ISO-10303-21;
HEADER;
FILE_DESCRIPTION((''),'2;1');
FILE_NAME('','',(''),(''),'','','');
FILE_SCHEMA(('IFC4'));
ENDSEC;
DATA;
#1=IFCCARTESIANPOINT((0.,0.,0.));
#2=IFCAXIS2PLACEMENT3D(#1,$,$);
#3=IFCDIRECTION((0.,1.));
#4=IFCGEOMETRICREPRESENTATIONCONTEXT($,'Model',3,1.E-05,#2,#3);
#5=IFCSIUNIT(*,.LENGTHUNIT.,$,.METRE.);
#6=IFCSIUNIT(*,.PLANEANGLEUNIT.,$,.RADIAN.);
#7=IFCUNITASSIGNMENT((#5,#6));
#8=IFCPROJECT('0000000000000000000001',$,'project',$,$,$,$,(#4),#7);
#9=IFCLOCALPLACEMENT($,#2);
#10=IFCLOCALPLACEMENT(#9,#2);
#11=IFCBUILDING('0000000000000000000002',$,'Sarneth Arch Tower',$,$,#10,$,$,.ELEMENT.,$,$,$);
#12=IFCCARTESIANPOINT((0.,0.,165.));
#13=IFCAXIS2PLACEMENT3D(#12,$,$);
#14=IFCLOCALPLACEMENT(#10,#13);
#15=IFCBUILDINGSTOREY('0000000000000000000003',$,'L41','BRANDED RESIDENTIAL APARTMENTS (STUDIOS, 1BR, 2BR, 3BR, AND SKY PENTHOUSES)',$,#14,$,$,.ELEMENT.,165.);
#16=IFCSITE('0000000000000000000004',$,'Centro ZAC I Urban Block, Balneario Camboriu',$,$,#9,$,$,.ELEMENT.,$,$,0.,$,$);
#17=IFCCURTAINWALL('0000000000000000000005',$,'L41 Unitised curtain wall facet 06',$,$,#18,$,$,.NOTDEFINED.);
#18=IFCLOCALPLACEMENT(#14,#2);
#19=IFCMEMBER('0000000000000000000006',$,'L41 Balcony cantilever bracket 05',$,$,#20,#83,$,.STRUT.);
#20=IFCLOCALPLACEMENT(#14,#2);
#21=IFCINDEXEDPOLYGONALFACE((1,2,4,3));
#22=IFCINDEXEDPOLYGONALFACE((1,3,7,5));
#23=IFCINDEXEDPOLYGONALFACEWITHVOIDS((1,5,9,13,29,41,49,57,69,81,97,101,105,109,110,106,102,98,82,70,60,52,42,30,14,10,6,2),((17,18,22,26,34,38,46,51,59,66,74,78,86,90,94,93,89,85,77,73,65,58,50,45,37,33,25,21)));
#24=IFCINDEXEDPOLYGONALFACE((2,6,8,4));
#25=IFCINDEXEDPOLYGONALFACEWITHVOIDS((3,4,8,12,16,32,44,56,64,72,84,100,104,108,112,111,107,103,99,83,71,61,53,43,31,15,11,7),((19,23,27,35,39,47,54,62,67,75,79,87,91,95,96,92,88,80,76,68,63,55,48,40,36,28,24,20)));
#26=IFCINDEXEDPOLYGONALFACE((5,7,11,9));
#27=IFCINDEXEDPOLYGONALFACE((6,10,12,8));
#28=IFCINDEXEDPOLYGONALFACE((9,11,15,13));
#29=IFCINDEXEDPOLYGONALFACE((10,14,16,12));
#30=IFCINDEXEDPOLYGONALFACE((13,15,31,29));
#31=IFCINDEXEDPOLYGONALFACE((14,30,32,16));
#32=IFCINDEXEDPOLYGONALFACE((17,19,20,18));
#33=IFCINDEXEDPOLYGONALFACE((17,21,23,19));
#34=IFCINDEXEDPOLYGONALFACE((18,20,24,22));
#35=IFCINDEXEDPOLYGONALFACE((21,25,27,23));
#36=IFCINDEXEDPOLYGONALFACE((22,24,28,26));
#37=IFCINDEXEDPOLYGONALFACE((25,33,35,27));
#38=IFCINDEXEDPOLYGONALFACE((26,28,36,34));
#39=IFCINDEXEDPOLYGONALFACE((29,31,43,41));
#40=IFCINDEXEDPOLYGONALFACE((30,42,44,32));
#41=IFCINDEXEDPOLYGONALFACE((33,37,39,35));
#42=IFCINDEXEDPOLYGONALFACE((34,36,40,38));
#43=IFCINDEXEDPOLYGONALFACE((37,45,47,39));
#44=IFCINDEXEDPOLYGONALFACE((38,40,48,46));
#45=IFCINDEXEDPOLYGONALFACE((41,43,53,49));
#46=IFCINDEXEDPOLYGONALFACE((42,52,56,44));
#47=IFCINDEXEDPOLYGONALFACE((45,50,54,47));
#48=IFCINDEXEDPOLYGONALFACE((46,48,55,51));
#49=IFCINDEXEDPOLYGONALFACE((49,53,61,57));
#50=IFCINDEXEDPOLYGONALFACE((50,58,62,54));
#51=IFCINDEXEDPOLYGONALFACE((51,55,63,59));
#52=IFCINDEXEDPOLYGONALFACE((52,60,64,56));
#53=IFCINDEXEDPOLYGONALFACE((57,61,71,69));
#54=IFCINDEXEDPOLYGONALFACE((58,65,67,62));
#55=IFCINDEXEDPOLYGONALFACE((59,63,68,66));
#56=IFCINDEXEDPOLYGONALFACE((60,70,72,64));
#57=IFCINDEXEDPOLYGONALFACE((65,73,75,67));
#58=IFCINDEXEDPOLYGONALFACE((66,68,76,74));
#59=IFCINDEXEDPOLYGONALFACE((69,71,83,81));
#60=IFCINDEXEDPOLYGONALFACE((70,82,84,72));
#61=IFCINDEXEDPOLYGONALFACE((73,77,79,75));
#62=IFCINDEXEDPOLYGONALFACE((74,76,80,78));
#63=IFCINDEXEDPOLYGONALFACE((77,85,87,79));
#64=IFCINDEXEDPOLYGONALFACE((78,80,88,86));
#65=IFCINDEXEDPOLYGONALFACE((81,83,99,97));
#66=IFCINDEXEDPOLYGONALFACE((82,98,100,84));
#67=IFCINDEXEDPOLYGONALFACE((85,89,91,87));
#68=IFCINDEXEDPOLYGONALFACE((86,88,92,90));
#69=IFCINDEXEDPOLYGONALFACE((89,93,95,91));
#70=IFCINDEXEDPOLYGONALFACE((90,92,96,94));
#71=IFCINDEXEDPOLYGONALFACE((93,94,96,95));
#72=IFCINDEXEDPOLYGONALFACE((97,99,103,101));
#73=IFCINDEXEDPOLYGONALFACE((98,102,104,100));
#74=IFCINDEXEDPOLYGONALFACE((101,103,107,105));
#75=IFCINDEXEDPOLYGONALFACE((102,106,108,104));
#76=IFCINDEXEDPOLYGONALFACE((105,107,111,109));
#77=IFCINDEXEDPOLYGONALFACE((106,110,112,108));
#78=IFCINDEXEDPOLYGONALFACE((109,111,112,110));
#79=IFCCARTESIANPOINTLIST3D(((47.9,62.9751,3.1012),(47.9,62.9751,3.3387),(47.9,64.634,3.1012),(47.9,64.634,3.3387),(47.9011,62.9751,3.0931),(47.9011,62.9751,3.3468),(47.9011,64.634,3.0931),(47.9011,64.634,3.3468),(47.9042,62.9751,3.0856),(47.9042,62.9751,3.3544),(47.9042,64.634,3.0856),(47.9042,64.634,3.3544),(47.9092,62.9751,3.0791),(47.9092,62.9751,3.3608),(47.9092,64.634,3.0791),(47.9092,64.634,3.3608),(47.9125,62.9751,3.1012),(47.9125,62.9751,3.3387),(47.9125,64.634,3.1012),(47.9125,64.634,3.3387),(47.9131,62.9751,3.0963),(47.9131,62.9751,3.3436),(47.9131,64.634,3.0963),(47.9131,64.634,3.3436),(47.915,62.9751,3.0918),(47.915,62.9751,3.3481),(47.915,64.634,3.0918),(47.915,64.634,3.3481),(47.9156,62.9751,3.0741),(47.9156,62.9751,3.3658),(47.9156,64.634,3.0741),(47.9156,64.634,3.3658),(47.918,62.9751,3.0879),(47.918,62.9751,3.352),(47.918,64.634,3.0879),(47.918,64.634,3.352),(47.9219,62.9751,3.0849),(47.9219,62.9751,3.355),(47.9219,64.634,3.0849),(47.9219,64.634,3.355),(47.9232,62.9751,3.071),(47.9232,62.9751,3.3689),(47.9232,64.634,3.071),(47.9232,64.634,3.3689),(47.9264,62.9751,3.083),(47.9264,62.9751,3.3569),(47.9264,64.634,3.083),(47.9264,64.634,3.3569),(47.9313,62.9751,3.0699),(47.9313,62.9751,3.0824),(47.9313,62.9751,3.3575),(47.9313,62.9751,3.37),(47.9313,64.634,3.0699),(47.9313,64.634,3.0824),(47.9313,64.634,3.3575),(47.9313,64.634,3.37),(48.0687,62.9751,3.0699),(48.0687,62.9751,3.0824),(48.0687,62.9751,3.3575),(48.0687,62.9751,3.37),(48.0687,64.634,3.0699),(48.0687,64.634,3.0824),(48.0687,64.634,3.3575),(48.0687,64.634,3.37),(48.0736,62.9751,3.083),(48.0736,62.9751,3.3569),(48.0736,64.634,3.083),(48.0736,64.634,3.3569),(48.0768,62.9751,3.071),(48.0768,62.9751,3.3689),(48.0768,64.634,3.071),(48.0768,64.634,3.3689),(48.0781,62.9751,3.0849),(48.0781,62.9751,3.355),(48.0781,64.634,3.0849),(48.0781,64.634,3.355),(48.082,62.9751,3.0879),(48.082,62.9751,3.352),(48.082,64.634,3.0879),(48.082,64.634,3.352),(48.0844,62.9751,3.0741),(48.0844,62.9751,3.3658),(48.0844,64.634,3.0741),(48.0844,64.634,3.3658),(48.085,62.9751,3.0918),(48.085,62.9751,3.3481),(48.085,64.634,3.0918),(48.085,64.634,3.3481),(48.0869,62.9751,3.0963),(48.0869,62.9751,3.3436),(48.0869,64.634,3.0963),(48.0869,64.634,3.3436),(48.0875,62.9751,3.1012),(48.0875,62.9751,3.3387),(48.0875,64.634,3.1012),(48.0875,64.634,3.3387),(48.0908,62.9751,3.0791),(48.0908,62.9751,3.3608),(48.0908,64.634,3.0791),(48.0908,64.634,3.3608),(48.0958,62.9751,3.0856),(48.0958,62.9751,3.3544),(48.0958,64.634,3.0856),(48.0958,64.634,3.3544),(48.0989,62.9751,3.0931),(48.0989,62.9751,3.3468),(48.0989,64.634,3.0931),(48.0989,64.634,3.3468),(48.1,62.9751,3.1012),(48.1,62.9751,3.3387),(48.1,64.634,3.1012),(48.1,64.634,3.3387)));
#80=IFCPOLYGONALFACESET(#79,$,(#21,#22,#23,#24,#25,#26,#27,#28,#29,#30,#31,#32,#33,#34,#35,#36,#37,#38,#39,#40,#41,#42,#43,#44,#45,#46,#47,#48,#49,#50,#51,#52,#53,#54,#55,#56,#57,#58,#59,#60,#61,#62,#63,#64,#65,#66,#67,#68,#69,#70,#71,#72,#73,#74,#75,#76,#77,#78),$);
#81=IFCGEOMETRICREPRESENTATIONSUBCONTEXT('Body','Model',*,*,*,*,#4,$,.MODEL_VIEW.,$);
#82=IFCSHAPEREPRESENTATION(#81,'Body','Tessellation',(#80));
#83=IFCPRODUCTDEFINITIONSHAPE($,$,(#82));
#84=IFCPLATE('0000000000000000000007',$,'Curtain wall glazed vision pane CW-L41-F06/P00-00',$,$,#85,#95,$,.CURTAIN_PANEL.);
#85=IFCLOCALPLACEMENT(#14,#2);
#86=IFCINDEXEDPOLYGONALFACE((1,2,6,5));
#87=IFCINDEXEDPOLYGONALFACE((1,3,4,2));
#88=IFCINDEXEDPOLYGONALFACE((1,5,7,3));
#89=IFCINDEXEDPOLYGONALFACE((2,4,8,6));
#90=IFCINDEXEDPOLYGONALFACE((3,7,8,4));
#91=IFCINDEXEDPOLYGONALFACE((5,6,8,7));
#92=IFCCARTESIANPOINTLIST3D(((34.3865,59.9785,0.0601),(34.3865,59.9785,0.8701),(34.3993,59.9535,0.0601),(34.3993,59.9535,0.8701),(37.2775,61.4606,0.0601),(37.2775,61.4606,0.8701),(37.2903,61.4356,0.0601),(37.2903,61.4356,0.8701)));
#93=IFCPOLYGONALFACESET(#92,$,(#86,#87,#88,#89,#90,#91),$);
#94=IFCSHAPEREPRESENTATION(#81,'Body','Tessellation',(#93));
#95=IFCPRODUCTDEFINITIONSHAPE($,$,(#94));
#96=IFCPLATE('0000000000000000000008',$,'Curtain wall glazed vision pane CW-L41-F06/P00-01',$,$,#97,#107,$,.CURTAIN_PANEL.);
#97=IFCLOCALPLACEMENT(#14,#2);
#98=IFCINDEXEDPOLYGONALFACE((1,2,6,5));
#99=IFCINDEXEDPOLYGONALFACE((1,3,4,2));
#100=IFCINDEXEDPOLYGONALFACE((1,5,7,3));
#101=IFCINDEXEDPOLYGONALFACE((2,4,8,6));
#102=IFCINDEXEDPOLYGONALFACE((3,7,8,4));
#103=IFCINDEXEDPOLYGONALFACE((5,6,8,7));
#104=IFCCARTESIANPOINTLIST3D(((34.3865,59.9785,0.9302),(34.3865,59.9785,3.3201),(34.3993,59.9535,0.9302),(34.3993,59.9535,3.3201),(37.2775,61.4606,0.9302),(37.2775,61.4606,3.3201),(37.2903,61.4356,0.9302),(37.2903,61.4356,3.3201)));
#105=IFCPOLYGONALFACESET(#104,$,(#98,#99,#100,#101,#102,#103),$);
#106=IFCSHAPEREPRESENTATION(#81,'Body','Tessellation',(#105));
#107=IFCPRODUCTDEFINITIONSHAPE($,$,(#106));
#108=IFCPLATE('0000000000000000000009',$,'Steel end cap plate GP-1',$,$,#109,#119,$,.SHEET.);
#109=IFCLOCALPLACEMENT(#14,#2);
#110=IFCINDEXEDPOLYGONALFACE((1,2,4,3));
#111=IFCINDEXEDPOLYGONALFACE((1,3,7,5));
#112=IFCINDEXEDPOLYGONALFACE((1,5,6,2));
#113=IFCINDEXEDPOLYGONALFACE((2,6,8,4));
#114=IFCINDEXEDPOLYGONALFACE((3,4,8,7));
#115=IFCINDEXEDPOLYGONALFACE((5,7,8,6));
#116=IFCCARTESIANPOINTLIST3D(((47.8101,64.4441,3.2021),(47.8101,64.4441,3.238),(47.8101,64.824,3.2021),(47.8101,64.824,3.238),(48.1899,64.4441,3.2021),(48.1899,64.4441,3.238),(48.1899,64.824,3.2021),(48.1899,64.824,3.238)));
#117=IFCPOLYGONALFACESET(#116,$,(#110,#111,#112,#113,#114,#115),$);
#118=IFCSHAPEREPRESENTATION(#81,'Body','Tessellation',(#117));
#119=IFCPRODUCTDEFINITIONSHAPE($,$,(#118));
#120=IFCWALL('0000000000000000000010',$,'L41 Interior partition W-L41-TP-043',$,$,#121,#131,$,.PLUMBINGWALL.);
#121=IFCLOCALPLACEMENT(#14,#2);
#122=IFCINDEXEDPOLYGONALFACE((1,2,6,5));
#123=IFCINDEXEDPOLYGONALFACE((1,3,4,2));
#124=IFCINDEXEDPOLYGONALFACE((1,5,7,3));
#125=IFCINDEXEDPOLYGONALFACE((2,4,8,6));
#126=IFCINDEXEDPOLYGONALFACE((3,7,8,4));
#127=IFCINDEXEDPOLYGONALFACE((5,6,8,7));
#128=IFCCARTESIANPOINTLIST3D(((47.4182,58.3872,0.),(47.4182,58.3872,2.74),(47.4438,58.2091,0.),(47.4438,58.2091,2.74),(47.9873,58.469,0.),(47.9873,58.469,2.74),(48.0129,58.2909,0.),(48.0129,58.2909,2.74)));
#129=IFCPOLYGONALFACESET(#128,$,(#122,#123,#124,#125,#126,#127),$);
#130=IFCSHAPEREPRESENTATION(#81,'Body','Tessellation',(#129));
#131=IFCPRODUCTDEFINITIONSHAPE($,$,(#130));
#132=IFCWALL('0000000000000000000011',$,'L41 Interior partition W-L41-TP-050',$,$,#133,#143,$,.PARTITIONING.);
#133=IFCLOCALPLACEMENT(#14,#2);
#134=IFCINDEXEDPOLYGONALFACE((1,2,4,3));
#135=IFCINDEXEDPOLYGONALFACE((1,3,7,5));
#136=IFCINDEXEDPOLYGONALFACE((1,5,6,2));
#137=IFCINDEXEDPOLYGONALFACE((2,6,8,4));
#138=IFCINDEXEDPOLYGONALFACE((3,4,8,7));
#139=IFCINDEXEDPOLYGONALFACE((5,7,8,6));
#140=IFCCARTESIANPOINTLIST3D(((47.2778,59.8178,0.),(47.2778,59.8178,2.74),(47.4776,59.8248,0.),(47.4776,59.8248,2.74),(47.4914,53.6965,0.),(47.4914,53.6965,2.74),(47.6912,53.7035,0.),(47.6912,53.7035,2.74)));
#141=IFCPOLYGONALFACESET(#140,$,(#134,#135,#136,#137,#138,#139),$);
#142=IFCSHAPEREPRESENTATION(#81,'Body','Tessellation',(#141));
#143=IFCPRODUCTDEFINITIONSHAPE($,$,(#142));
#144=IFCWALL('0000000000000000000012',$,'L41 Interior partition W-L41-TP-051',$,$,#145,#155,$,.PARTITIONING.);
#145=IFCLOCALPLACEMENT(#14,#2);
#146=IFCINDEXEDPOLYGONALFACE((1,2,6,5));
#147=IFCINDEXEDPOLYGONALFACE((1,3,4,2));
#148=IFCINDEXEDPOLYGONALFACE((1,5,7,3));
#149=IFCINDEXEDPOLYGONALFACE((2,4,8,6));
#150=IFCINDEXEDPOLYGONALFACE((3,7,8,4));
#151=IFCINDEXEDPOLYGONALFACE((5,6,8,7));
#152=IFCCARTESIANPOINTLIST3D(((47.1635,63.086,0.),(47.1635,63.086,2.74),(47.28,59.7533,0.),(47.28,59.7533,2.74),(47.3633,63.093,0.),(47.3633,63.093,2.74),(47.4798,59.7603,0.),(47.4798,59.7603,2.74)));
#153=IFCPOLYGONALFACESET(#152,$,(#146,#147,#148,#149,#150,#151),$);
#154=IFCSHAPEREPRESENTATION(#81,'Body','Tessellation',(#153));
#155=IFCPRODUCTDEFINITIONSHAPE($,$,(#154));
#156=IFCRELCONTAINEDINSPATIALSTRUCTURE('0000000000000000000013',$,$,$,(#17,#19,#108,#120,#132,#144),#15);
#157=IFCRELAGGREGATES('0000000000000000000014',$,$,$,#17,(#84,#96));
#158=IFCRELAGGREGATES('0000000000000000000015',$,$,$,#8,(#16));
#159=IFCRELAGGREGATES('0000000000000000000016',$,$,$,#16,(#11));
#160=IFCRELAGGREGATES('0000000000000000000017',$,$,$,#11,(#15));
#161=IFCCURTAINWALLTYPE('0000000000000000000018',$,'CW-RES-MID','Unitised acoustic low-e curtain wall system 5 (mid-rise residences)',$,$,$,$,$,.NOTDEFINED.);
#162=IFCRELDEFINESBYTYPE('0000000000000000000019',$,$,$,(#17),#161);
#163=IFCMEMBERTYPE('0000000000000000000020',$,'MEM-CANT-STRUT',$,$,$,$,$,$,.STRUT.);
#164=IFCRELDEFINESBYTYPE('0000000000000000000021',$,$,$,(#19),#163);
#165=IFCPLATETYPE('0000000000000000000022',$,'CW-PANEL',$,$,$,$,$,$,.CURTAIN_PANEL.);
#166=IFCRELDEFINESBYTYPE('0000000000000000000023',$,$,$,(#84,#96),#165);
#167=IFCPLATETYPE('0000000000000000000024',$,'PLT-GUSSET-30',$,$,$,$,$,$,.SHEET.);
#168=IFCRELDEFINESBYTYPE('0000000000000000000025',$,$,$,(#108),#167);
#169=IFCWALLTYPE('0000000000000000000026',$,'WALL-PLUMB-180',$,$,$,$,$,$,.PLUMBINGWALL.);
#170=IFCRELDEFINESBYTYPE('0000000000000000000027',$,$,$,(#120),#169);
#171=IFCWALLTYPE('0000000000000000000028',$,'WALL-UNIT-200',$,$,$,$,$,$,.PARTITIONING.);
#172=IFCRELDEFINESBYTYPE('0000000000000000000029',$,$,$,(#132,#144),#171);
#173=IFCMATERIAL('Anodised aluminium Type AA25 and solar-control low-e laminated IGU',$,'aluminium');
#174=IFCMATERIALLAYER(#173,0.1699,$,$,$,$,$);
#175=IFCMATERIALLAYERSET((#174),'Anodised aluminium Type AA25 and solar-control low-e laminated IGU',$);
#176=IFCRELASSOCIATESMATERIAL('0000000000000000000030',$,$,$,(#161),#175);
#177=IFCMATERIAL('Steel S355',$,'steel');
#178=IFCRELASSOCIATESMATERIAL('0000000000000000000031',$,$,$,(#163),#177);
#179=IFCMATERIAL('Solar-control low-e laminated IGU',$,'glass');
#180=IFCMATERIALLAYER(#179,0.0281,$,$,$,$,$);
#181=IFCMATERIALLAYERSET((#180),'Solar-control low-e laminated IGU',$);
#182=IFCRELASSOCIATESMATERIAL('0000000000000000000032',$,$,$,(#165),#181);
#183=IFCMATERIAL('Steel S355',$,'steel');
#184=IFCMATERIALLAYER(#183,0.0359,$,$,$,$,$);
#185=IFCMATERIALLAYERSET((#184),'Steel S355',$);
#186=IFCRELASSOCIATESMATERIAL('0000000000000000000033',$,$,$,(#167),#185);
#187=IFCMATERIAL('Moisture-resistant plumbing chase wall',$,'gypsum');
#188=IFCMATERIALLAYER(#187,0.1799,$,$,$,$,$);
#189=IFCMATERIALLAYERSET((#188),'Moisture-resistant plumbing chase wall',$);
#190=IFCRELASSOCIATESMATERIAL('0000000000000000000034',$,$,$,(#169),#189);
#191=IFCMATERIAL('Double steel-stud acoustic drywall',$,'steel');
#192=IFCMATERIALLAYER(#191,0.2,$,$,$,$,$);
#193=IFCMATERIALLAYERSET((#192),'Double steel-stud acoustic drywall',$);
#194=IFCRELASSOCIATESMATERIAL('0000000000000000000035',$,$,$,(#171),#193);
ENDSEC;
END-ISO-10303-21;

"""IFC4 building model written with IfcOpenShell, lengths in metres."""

from ifc_helpers import new_model, si_unit, direction, frame, frame_2d, origin, origin_2d, place, context, subcontext, project, spatial, rectangle, hollow_rectangle, extrude, material, layer, layer_set, material_profile, profile_set, type_object, element, aggregate, save


model = new_model("IFC4")

# Units and contexts
model_context = context("Model", 3, precision=1e-05, world=origin(), true_north=direction((0.0, 1.0)))
body_context = subcontext(model_context, "Body", "Model", "MODEL_VIEW")
ifc_project = project(units=[si_unit("LENGTHUNIT", "METRE"), si_unit("PLANEANGLEUNIT", "RADIAN")], contexts=[model_context])

# Site, building, storey
site_placement = place(None, origin())
site = spatial("IfcSite", under=ifc_project, at=site_placement, Name="Centro ZAC I Urban Block, Balneario Camboriu", CompositionType="ELEMENT", RefElevation=0.0)
building_placement = place(site_placement, origin())
building = spatial("IfcBuilding", under=site, at=building_placement, Name="Sarneth Arch Tower", CompositionType="ELEMENT")
storey_placement = place(building_placement, frame((0.0, 0.0, 165.0)))
storey = spatial("IfcBuildingStorey", under=building, at=storey_placement, Name="L41", Description="BRANDED RESIDENTIAL APARTMENTS (STUDIOS, 1BR, 2BR, 3BR, AND SKY PENTHOUSES)", CompositionType="ELEMENT", Elevation=165.0)

# Curtain wall
ifc_material_1 = material(Name="Anodised aluminium Type AA25 and solar-control low-e laminated IGU", Category="aluminium")
ifc_layer_1 = layer(ifc_material_1, 0.1699)
ifc_layer_set_1 = layer_set([ifc_layer_1], Name="Anodised aluminium Type AA25 and solar-control low-e laminated IGU")
curtain_wall_type = type_object("IfcCurtainWallType", Name="CW-RES-MID", Description="Unitised acoustic low-e curtain wall system 5 (mid-rise residences)", PredefinedType="NOTDEFINED", material=ifc_layer_set_1)
curtain_wall_placement = place(storey_placement, origin())
curtain_wall = element("IfcCurtainWall", 1, at=curtain_wall_placement, inside=storey, type_object=curtain_wall_type, Name="L41 Unitised curtain wall facet 06", PredefinedType="NOTDEFINED")

# Member
ifc_material_2 = material(Name="Steel S355", Category="steel")
ifc_material_profile_1 = material_profile(ifc_material_2, hollow_rectangle(XDim=0.2, YDim=0.3, WallThickness=0.0125, InnerFilletRadius=0.0188, OuterFilletRadius=0.0312, at=origin_2d()), Name="RHS300x200x12.5")
ifc_profile_set_1 = profile_set([ifc_material_profile_1], Name="Steel S355")
member_type_1 = type_object("IfcMemberType", Name="MEM-CANT-STRUT", PredefinedType="STRUT", material=ifc_profile_set_1)
member_1_placement = place(storey_placement, frame((48.0, 62.9751, 3.22), z_axis=(0.0, 1.0, 0.0), x_axis=(-1.0, 0.0, 0.0)))
element("IfcMember", 2, at=member_1_placement, inside=storey, type_object=member_type_1, Name="L41 Balcony cantilever bracket 05", PredefinedType="STRUT", context=body_context, shape_type="SweptSolid", body=[
    extrude(hollow_rectangle(XDim=0.2, YDim=0.3, WallThickness=0.0125, InnerFilletRadius=0.0188, OuterFilletRadius=0.0312, at=origin_2d()), origin(), (0.0, 0.0, 1.0), 1.6589),
])

# Plates
ifc_material_3 = material(Name="Solar-control low-e laminated IGU", Category="glass")
ifc_layer_2 = layer(ifc_material_3, 0.0281)
ifc_layer_set_2 = layer_set([ifc_layer_2], Name="Solar-control low-e laminated IGU")
plate_type_1 = type_object("IfcPlateType", Name="CW-PANEL", PredefinedType="CURTAIN_PANEL", material=ifc_layer_set_2)
plate_1_placement = place(storey_placement, frame((35.8384, 60.707, 0.0601), z_axis=(0.0, 0.0, 1.0), x_axis=(-0.889873, -0.456208, 0.0)))
plate_1 = element("IfcPlate", 3, at=plate_1_placement, type_object=plate_type_1, Name="Curtain wall glazed vision pane CW-L41-F06/P00-00", PredefinedType="CURTAIN_PANEL", context=body_context, shape_type="SweptSolid", body=[
    extrude(rectangle(XDim=3.2488, YDim=0.0281, at=origin_2d()), origin(), (0.0, 0.0, 1.0), 0.8101),
])
plate_2_placement = place(storey_placement, frame((35.8384, 60.707, 0.9302), z_axis=(0.0, 0.0, 1.0), x_axis=(-0.889873, -0.456208, 0.0)))
plate_2 = element("IfcPlate", 4, at=plate_2_placement, type_object=plate_type_1, Name="Curtain wall glazed vision pane CW-L41-F06/P00-01", PredefinedType="CURTAIN_PANEL", context=body_context, shape_type="SweptSolid", body=[
    extrude(rectangle(XDim=3.2488, YDim=0.0281, at=origin_2d()), origin(), (0.0, 0.0, 1.0), 2.3899),
])
aggregate(curtain_wall, [plate_1, plate_2])
ifc_material_4 = material(Name="Steel S355", Category="steel")
ifc_layer_3 = layer(ifc_material_4, 0.0359)
ifc_layer_set_3 = layer_set([ifc_layer_3], Name="Steel S355")
plate_type_2 = type_object("IfcPlateType", Name="PLT-GUSSET-30", PredefinedType="SHEET", material=ifc_layer_set_3)
plate_3_placement = place(storey_placement, frame((48.0, 64.634, 3.2021), z_axis=(0.0, 0.0, 1.0), x_axis=(0.0, 1.0, 0.0)))
element("IfcPlate", 5, at=plate_3_placement, inside=storey, type_object=plate_type_2, Name="Steel end cap plate GP-1", PredefinedType="SHEET", context=body_context, shape_type="SweptSolid", body=[
    extrude(rectangle(XDim=0.3799, YDim=0.3799, at=origin_2d()), origin(), (0.0, 0.0, 1.0), 0.0359),
])

# Walls
ifc_material_5 = material(Name="Moisture-resistant plumbing chase wall", Category="gypsum")
ifc_layer_4 = layer(ifc_material_5, 0.1799)
ifc_layer_set_4 = layer_set([ifc_layer_4], Name="Moisture-resistant plumbing chase wall")
wall_type_1 = type_object("IfcWallType", Name="WALL-PLUMB-180", PredefinedType="PLUMBINGWALL", material=ifc_layer_set_4)
wall_1_placement = place(storey_placement, frame((47.4309, 58.2981, 0.0), z_axis=(0.0, 0.0, 1.0), x_axis=(0.98983, 0.142254, 0.0)))
element("IfcWall", 6, at=wall_1_placement, inside=storey, type_object=wall_type_1, Name="L41 Interior partition W-L41-TP-043", PredefinedType="PLUMBINGWALL", context=body_context, shape_type="SweptSolid", body=[
    extrude(rectangle(XDim=0.575, YDim=0.1799, at=frame_2d((0.2876, 0.0))), origin(), (0.0, 0.0, 1.0), 2.74),
])
ifc_material_6 = material(Name="Double steel-stud acoustic drywall", Category="steel")
ifc_layer_5 = layer(ifc_material_6, 0.2)
ifc_layer_set_5 = layer_set([ifc_layer_5], Name="Double steel-stud acoustic drywall")
wall_type_2 = type_object("IfcWallType", Name="WALL-UNIT-200", PredefinedType="PARTITIONING", material=ifc_layer_set_5)
wall_2_placement = place(storey_placement, frame((47.3777, 59.8213, 0.0), z_axis=(0.0, 0.0, 1.0), x_axis=(0.034877, -0.999392, 0.0)))
element("IfcWall", 7, at=wall_2_placement, inside=storey, type_object=wall_type_2, Name="L41 Interior partition W-L41-TP-050", PredefinedType="PARTITIONING", context=body_context, shape_type="SweptSolid", body=[
    extrude(rectangle(XDim=6.125, YDim=0.2, at=frame_2d((3.0625, 0.0))), origin(), (0.0, 0.0, 1.0), 2.74),
])
wall_3_placement = place(storey_placement, frame((47.2634, 63.0896, 0.0), z_axis=(0.0, 0.0, 1.0), x_axis=(0.034921, -0.99939, 0.0)))
element("IfcWall", 8, at=wall_3_placement, inside=storey, type_object=wall_type_2, Name="L41 Interior partition W-L41-TP-051", PredefinedType="PARTITIONING", context=body_context, shape_type="SweptSolid", body=[
    extrude(rectangle(XDim=3.3347, YDim=0.2, at=frame_2d((1.6675, 0.0))), origin(), (0.0, 0.0, 1.0), 2.74),
])

save(model, "model.ifc")
